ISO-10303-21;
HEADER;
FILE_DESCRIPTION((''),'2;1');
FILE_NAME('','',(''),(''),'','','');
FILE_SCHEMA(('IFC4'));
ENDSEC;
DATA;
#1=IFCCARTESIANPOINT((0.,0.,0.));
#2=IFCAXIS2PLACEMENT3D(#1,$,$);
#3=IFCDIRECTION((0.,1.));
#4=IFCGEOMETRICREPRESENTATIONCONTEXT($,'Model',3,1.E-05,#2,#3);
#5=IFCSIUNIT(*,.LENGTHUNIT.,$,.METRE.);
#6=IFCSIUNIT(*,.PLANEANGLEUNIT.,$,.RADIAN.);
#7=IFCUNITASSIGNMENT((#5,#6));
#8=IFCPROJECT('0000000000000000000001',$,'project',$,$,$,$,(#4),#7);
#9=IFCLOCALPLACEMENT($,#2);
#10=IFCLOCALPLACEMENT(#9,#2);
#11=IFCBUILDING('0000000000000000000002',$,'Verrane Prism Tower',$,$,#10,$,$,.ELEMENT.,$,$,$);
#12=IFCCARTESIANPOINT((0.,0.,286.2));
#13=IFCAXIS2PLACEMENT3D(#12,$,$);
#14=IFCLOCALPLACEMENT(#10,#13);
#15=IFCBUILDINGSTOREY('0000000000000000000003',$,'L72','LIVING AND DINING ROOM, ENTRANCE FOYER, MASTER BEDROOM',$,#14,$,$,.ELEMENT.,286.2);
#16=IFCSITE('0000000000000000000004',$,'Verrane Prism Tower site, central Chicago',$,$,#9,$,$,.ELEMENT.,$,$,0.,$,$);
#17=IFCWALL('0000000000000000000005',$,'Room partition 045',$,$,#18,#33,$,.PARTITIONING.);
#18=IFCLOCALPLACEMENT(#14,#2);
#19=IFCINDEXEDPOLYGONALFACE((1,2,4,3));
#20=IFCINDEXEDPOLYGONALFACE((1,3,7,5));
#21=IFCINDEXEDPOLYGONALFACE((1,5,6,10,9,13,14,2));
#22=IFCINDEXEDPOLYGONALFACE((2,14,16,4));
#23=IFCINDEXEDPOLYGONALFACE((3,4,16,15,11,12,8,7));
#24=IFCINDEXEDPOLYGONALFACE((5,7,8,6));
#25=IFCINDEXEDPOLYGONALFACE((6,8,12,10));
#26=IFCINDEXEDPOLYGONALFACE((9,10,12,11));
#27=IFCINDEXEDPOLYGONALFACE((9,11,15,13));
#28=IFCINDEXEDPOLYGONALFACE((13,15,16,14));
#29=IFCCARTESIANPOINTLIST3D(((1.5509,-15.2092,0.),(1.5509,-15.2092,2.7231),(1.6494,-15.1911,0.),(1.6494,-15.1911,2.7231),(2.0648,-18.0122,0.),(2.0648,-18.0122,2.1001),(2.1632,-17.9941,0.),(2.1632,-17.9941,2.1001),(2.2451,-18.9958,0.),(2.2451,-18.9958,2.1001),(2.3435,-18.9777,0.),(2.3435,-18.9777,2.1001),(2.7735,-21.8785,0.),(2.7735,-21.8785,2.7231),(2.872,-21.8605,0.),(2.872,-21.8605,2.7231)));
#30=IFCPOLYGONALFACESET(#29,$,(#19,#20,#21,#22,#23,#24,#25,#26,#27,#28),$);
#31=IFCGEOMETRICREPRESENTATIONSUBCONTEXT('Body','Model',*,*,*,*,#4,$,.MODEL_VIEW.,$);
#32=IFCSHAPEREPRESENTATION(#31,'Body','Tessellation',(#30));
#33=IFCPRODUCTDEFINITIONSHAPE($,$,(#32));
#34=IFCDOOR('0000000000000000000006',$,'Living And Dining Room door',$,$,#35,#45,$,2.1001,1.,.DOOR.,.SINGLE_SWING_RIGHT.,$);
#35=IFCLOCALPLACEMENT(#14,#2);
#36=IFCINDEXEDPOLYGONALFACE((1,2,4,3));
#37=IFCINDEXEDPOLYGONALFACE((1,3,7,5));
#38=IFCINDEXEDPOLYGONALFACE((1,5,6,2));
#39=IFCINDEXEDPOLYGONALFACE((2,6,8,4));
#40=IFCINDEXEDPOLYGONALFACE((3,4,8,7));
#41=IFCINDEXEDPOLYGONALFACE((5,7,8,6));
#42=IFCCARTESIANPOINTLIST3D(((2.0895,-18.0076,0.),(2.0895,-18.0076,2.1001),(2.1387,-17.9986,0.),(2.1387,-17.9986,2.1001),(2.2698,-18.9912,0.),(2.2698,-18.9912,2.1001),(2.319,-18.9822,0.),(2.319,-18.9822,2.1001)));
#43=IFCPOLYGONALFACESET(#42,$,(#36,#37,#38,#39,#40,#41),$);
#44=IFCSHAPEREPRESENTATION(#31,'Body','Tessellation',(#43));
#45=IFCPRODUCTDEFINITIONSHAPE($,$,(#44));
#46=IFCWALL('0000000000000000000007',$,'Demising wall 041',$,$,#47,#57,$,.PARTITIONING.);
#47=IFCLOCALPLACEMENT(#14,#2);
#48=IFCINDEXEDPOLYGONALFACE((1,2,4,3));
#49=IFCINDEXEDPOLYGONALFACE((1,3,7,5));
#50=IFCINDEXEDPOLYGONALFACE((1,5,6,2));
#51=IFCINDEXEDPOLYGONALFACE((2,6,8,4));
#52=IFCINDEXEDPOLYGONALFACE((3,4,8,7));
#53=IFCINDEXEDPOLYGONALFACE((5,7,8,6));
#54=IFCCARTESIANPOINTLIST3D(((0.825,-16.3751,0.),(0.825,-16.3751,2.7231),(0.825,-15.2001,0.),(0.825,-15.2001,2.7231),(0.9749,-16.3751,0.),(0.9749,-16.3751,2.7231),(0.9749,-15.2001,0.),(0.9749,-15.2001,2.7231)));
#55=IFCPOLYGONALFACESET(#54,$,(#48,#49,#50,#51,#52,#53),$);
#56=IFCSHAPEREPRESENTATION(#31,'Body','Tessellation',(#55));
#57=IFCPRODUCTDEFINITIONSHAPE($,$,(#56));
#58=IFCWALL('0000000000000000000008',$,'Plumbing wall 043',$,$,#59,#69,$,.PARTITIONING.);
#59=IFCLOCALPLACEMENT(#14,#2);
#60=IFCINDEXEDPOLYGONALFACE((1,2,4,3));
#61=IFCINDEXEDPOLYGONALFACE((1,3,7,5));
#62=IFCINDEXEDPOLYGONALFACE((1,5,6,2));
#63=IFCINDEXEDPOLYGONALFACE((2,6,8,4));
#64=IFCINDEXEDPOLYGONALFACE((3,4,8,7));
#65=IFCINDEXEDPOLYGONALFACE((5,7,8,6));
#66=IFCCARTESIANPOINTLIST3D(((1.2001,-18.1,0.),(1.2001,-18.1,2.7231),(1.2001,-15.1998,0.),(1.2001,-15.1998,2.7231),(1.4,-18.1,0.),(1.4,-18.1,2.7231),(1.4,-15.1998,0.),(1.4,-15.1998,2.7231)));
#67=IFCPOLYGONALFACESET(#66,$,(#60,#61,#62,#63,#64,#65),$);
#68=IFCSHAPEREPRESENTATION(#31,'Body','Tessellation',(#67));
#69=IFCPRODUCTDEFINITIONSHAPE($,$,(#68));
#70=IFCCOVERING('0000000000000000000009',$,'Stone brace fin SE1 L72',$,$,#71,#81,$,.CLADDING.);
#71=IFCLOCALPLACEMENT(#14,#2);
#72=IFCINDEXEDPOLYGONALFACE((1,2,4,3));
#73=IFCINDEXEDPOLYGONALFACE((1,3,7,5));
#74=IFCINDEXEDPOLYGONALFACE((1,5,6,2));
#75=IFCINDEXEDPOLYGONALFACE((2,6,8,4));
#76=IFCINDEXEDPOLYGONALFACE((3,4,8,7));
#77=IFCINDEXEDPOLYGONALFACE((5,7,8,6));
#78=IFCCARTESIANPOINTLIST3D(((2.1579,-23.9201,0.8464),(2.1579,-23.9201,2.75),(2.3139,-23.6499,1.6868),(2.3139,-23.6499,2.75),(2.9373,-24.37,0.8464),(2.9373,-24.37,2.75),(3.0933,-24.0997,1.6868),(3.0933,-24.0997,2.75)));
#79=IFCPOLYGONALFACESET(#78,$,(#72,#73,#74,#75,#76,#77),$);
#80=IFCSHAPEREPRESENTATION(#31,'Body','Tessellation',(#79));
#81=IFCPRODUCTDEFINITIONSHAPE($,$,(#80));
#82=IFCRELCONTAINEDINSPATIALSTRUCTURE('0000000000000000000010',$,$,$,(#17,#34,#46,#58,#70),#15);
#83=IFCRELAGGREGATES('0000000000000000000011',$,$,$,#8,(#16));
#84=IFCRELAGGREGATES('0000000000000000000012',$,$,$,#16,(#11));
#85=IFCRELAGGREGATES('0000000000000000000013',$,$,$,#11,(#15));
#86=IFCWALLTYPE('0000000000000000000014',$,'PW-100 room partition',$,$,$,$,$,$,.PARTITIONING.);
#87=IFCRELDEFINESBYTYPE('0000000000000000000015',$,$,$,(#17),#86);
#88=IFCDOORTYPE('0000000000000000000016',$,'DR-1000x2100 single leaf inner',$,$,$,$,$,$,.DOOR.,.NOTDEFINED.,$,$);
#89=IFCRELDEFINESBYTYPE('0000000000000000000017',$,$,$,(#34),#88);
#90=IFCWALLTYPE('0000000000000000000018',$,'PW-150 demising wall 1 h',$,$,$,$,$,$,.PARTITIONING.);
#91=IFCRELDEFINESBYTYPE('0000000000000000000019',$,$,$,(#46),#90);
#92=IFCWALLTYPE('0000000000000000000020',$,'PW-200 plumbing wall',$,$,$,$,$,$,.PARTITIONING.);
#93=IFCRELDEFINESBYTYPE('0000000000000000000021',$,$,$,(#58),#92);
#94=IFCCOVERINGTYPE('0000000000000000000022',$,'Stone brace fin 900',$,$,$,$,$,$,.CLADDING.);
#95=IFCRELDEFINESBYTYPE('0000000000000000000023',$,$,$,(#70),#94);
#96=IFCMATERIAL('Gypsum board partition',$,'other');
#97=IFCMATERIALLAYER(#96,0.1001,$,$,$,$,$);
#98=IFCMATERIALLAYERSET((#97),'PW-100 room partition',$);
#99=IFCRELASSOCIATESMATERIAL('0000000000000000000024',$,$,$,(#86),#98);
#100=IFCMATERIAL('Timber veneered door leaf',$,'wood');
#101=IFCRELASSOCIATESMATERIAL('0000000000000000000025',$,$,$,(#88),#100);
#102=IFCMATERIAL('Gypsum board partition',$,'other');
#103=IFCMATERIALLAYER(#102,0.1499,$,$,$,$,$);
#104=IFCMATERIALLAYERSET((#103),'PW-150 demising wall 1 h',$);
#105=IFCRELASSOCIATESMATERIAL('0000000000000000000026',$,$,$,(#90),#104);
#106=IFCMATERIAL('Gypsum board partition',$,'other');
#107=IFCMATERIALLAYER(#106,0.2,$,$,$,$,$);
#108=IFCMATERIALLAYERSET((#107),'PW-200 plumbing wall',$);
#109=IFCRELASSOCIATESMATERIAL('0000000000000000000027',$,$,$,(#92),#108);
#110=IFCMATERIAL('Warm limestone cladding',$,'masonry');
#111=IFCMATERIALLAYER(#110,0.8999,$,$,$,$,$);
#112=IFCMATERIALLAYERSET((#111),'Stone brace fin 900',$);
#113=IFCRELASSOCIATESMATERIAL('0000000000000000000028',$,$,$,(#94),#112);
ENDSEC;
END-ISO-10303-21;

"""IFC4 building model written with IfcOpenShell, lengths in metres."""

from ifc_helpers import new_model, si_unit, direction, frame, frame_2d, origin, place, context, subcontext, project, spatial, polyline, rectangle, outline, extrude, material, layer, layer_set, type_object, element, fill, save


model = new_model("IFC4")

# Units and contexts
model_context = context("Model", 3, precision=1e-05, world=origin(), true_north=direction((0.0, 1.0)))
body_context = subcontext(model_context, "Body", "Model", "MODEL_VIEW")
ifc_project = project(units=[si_unit("LENGTHUNIT", "METRE"), si_unit("PLANEANGLEUNIT", "RADIAN")], contexts=[model_context])

# Site, building, storey
site_placement = place(None, origin())
site = spatial("IfcSite", under=ifc_project, at=site_placement, Name="Verrane Prism Tower site, central Chicago", CompositionType="ELEMENT", RefElevation=0.0)
building_placement = place(site_placement, origin())
building = spatial("IfcBuilding", under=site, at=building_placement, Name="Verrane Prism Tower", CompositionType="ELEMENT")
storey_placement = place(building_placement, frame((0.0, 0.0, 286.2)))
storey = spatial("IfcBuildingStorey", under=building, at=storey_placement, Name="L72", Description="LIVING AND DINING ROOM, ENTRANCE FOYER, MASTER BEDROOM", CompositionType="ELEMENT", Elevation=286.2)

# Wall, opening, door
ifc_material_1 = material(Name="Gypsum board partition", Category="other")
ifc_layer_1 = layer(ifc_material_1, 0.1001)
ifc_layer_set_1 = layer_set([ifc_layer_1], Name="PW-100 room partition")
wall_type_1 = type_object("IfcWallType", Name="PW-100 room partition", PredefinedType="PARTITIONING", material=ifc_layer_set_1)
wall_1_placement = place(storey_placement, frame((2.8228, -21.8694, 0.0), z_axis=(0.0, 0.0, 1.0), x_axis=(-0.180317, 0.983608, 0.0)))
wall_1 = element("IfcWall", 1, at=wall_1_placement, inside=storey, type_object=wall_type_1, Name="Room partition 045", PredefinedType="PARTITIONING", context=body_context, shape_type="SweptSolid", body=[
    extrude(rectangle(XDim=6.7805, YDim=0.1001, at=frame_2d((3.3901, 0.0))), origin(), (0.0, 0.0, 1.0), 2.7231),
])
opening_placement = place(wall_1_placement, frame((2.9307, 0.0, 0.0)))
opening = element("IfcOpeningElement", 2, at=opening_placement, cuts=wall_1, PredefinedType="OPENING", context=body_context, shape_type="SweptSolid", body=[
    extrude(rectangle(XDim=1.0, YDim=2.1001, at=frame_2d((0.5, 1.05))), frame((0.0, 0.0601, 0.0), z_axis=(0.0, -1.0, 0.0), x_axis=(1.0, 0.0, 0.0)), (0.0, 0.0, 1.0), 0.1201),
])
ifc_material_2 = material(Name="Timber veneered door leaf", Category="wood")
door_type = type_object("IfcDoorType", Name="DR-1000x2100 single leaf inner", OperationType="NOTDEFINED", PredefinedType="DOOR", material=ifc_material_2)
door_placement = place(opening_placement, origin())
door = element("IfcDoor", 3, at=door_placement, inside=storey, type_object=door_type, Name="Living And Dining Room door", OperationType="SINGLE_SWING_RIGHT", OverallHeight=2.1001, OverallWidth=1.0, PredefinedType="DOOR", context=body_context, shape_type="SweptSolid", body=[
    extrude(rectangle(XDim=1.0, YDim=2.1001, at=frame_2d((0.5, 1.05))), frame((0.0, 0.0249, 0.0), z_axis=(0.0, -1.0, 0.0), x_axis=(1.0, 0.0, 0.0)), (0.0, 0.0, 1.0), 0.05),
])
fill(opening, door)

# Walls
ifc_material_3 = material(Name="Gypsum board partition", Category="other")
ifc_layer_2 = layer(ifc_material_3, 0.1499)
ifc_layer_set_2 = layer_set([ifc_layer_2], Name="PW-150 demising wall 1 h")
wall_type_2 = type_object("IfcWallType", Name="PW-150 demising wall 1 h", PredefinedType="PARTITIONING", material=ifc_layer_set_2)
wall_2_placement = place(storey_placement, frame((0.8999, -16.375, 0.0), z_axis=(0.0, 0.0, 1.0), x_axis=(0.0, 1.0, 0.0)))
element("IfcWall", 4, at=wall_2_placement, inside=storey, type_object=wall_type_2, Name="Demising wall 041", PredefinedType="PARTITIONING", context=body_context, shape_type="SweptSolid", body=[
    extrude(rectangle(XDim=1.175, YDim=0.1499, at=frame_2d((0.5874, 0.0))), origin(), (0.0, 0.0, 1.0), 2.7231),
])
ifc_material_4 = material(Name="Gypsum board partition", Category="other")
ifc_layer_3 = layer(ifc_material_4, 0.2)
ifc_layer_set_3 = layer_set([ifc_layer_3], Name="PW-200 plumbing wall")
wall_type_3 = type_object("IfcWallType", Name="PW-200 plumbing wall", PredefinedType="PARTITIONING", material=ifc_layer_set_3)
wall_3_placement = place(storey_placement, frame((1.3, -18.1001, 0.0), z_axis=(0.0, 0.0, 1.0), x_axis=(0.0, 1.0, 0.0)))
element("IfcWall", 5, at=wall_3_placement, inside=storey, type_object=wall_type_3, Name="Plumbing wall 043", PredefinedType="PARTITIONING", context=body_context, shape_type="SweptSolid", body=[
    extrude(rectangle(XDim=2.9001, YDim=0.2, at=frame_2d((1.4502, 0.0))), origin(), (0.0, 0.0, 1.0), 2.7231),
])

# Covering
ifc_material_5 = material(Name="Warm limestone cladding", Category="masonry")
ifc_layer_4 = layer(ifc_material_5, 0.8999)
ifc_layer_set_4 = layer_set([ifc_layer_4], Name="Stone brace fin 900")
covering_type = type_object("IfcCoveringType", Name="Stone brace fin 900", PredefinedType="CLADDING", material=ifc_layer_set_4)
covering_placement = place(storey_placement, frame((2.5476, -24.145, 0.8464), z_axis=(0.0, 0.0, 1.0), x_axis=(0.499926, 0.866068, 0.0)))
element("IfcCovering", 6, at=covering_placement, inside=storey, type_object=covering_type, Name="Stone brace fin SE1 L72", PredefinedType="CLADDING", context=body_context, shape_type="SweptSolid", body=[
    extrude(outline(polyline([(0.312, 1.9036), (0.0, 1.9036), (0.0, 0.0), (0.312, 0.8403), (0.312, 1.9036)])), frame((0.0, 0.45, 0.0), z_axis=(0.0, -1.0, 0.0), x_axis=(1.0, 0.0, 0.0)), (0.0, 0.0, 1.0), 0.8999),
])

save(model, "model.ifc")
